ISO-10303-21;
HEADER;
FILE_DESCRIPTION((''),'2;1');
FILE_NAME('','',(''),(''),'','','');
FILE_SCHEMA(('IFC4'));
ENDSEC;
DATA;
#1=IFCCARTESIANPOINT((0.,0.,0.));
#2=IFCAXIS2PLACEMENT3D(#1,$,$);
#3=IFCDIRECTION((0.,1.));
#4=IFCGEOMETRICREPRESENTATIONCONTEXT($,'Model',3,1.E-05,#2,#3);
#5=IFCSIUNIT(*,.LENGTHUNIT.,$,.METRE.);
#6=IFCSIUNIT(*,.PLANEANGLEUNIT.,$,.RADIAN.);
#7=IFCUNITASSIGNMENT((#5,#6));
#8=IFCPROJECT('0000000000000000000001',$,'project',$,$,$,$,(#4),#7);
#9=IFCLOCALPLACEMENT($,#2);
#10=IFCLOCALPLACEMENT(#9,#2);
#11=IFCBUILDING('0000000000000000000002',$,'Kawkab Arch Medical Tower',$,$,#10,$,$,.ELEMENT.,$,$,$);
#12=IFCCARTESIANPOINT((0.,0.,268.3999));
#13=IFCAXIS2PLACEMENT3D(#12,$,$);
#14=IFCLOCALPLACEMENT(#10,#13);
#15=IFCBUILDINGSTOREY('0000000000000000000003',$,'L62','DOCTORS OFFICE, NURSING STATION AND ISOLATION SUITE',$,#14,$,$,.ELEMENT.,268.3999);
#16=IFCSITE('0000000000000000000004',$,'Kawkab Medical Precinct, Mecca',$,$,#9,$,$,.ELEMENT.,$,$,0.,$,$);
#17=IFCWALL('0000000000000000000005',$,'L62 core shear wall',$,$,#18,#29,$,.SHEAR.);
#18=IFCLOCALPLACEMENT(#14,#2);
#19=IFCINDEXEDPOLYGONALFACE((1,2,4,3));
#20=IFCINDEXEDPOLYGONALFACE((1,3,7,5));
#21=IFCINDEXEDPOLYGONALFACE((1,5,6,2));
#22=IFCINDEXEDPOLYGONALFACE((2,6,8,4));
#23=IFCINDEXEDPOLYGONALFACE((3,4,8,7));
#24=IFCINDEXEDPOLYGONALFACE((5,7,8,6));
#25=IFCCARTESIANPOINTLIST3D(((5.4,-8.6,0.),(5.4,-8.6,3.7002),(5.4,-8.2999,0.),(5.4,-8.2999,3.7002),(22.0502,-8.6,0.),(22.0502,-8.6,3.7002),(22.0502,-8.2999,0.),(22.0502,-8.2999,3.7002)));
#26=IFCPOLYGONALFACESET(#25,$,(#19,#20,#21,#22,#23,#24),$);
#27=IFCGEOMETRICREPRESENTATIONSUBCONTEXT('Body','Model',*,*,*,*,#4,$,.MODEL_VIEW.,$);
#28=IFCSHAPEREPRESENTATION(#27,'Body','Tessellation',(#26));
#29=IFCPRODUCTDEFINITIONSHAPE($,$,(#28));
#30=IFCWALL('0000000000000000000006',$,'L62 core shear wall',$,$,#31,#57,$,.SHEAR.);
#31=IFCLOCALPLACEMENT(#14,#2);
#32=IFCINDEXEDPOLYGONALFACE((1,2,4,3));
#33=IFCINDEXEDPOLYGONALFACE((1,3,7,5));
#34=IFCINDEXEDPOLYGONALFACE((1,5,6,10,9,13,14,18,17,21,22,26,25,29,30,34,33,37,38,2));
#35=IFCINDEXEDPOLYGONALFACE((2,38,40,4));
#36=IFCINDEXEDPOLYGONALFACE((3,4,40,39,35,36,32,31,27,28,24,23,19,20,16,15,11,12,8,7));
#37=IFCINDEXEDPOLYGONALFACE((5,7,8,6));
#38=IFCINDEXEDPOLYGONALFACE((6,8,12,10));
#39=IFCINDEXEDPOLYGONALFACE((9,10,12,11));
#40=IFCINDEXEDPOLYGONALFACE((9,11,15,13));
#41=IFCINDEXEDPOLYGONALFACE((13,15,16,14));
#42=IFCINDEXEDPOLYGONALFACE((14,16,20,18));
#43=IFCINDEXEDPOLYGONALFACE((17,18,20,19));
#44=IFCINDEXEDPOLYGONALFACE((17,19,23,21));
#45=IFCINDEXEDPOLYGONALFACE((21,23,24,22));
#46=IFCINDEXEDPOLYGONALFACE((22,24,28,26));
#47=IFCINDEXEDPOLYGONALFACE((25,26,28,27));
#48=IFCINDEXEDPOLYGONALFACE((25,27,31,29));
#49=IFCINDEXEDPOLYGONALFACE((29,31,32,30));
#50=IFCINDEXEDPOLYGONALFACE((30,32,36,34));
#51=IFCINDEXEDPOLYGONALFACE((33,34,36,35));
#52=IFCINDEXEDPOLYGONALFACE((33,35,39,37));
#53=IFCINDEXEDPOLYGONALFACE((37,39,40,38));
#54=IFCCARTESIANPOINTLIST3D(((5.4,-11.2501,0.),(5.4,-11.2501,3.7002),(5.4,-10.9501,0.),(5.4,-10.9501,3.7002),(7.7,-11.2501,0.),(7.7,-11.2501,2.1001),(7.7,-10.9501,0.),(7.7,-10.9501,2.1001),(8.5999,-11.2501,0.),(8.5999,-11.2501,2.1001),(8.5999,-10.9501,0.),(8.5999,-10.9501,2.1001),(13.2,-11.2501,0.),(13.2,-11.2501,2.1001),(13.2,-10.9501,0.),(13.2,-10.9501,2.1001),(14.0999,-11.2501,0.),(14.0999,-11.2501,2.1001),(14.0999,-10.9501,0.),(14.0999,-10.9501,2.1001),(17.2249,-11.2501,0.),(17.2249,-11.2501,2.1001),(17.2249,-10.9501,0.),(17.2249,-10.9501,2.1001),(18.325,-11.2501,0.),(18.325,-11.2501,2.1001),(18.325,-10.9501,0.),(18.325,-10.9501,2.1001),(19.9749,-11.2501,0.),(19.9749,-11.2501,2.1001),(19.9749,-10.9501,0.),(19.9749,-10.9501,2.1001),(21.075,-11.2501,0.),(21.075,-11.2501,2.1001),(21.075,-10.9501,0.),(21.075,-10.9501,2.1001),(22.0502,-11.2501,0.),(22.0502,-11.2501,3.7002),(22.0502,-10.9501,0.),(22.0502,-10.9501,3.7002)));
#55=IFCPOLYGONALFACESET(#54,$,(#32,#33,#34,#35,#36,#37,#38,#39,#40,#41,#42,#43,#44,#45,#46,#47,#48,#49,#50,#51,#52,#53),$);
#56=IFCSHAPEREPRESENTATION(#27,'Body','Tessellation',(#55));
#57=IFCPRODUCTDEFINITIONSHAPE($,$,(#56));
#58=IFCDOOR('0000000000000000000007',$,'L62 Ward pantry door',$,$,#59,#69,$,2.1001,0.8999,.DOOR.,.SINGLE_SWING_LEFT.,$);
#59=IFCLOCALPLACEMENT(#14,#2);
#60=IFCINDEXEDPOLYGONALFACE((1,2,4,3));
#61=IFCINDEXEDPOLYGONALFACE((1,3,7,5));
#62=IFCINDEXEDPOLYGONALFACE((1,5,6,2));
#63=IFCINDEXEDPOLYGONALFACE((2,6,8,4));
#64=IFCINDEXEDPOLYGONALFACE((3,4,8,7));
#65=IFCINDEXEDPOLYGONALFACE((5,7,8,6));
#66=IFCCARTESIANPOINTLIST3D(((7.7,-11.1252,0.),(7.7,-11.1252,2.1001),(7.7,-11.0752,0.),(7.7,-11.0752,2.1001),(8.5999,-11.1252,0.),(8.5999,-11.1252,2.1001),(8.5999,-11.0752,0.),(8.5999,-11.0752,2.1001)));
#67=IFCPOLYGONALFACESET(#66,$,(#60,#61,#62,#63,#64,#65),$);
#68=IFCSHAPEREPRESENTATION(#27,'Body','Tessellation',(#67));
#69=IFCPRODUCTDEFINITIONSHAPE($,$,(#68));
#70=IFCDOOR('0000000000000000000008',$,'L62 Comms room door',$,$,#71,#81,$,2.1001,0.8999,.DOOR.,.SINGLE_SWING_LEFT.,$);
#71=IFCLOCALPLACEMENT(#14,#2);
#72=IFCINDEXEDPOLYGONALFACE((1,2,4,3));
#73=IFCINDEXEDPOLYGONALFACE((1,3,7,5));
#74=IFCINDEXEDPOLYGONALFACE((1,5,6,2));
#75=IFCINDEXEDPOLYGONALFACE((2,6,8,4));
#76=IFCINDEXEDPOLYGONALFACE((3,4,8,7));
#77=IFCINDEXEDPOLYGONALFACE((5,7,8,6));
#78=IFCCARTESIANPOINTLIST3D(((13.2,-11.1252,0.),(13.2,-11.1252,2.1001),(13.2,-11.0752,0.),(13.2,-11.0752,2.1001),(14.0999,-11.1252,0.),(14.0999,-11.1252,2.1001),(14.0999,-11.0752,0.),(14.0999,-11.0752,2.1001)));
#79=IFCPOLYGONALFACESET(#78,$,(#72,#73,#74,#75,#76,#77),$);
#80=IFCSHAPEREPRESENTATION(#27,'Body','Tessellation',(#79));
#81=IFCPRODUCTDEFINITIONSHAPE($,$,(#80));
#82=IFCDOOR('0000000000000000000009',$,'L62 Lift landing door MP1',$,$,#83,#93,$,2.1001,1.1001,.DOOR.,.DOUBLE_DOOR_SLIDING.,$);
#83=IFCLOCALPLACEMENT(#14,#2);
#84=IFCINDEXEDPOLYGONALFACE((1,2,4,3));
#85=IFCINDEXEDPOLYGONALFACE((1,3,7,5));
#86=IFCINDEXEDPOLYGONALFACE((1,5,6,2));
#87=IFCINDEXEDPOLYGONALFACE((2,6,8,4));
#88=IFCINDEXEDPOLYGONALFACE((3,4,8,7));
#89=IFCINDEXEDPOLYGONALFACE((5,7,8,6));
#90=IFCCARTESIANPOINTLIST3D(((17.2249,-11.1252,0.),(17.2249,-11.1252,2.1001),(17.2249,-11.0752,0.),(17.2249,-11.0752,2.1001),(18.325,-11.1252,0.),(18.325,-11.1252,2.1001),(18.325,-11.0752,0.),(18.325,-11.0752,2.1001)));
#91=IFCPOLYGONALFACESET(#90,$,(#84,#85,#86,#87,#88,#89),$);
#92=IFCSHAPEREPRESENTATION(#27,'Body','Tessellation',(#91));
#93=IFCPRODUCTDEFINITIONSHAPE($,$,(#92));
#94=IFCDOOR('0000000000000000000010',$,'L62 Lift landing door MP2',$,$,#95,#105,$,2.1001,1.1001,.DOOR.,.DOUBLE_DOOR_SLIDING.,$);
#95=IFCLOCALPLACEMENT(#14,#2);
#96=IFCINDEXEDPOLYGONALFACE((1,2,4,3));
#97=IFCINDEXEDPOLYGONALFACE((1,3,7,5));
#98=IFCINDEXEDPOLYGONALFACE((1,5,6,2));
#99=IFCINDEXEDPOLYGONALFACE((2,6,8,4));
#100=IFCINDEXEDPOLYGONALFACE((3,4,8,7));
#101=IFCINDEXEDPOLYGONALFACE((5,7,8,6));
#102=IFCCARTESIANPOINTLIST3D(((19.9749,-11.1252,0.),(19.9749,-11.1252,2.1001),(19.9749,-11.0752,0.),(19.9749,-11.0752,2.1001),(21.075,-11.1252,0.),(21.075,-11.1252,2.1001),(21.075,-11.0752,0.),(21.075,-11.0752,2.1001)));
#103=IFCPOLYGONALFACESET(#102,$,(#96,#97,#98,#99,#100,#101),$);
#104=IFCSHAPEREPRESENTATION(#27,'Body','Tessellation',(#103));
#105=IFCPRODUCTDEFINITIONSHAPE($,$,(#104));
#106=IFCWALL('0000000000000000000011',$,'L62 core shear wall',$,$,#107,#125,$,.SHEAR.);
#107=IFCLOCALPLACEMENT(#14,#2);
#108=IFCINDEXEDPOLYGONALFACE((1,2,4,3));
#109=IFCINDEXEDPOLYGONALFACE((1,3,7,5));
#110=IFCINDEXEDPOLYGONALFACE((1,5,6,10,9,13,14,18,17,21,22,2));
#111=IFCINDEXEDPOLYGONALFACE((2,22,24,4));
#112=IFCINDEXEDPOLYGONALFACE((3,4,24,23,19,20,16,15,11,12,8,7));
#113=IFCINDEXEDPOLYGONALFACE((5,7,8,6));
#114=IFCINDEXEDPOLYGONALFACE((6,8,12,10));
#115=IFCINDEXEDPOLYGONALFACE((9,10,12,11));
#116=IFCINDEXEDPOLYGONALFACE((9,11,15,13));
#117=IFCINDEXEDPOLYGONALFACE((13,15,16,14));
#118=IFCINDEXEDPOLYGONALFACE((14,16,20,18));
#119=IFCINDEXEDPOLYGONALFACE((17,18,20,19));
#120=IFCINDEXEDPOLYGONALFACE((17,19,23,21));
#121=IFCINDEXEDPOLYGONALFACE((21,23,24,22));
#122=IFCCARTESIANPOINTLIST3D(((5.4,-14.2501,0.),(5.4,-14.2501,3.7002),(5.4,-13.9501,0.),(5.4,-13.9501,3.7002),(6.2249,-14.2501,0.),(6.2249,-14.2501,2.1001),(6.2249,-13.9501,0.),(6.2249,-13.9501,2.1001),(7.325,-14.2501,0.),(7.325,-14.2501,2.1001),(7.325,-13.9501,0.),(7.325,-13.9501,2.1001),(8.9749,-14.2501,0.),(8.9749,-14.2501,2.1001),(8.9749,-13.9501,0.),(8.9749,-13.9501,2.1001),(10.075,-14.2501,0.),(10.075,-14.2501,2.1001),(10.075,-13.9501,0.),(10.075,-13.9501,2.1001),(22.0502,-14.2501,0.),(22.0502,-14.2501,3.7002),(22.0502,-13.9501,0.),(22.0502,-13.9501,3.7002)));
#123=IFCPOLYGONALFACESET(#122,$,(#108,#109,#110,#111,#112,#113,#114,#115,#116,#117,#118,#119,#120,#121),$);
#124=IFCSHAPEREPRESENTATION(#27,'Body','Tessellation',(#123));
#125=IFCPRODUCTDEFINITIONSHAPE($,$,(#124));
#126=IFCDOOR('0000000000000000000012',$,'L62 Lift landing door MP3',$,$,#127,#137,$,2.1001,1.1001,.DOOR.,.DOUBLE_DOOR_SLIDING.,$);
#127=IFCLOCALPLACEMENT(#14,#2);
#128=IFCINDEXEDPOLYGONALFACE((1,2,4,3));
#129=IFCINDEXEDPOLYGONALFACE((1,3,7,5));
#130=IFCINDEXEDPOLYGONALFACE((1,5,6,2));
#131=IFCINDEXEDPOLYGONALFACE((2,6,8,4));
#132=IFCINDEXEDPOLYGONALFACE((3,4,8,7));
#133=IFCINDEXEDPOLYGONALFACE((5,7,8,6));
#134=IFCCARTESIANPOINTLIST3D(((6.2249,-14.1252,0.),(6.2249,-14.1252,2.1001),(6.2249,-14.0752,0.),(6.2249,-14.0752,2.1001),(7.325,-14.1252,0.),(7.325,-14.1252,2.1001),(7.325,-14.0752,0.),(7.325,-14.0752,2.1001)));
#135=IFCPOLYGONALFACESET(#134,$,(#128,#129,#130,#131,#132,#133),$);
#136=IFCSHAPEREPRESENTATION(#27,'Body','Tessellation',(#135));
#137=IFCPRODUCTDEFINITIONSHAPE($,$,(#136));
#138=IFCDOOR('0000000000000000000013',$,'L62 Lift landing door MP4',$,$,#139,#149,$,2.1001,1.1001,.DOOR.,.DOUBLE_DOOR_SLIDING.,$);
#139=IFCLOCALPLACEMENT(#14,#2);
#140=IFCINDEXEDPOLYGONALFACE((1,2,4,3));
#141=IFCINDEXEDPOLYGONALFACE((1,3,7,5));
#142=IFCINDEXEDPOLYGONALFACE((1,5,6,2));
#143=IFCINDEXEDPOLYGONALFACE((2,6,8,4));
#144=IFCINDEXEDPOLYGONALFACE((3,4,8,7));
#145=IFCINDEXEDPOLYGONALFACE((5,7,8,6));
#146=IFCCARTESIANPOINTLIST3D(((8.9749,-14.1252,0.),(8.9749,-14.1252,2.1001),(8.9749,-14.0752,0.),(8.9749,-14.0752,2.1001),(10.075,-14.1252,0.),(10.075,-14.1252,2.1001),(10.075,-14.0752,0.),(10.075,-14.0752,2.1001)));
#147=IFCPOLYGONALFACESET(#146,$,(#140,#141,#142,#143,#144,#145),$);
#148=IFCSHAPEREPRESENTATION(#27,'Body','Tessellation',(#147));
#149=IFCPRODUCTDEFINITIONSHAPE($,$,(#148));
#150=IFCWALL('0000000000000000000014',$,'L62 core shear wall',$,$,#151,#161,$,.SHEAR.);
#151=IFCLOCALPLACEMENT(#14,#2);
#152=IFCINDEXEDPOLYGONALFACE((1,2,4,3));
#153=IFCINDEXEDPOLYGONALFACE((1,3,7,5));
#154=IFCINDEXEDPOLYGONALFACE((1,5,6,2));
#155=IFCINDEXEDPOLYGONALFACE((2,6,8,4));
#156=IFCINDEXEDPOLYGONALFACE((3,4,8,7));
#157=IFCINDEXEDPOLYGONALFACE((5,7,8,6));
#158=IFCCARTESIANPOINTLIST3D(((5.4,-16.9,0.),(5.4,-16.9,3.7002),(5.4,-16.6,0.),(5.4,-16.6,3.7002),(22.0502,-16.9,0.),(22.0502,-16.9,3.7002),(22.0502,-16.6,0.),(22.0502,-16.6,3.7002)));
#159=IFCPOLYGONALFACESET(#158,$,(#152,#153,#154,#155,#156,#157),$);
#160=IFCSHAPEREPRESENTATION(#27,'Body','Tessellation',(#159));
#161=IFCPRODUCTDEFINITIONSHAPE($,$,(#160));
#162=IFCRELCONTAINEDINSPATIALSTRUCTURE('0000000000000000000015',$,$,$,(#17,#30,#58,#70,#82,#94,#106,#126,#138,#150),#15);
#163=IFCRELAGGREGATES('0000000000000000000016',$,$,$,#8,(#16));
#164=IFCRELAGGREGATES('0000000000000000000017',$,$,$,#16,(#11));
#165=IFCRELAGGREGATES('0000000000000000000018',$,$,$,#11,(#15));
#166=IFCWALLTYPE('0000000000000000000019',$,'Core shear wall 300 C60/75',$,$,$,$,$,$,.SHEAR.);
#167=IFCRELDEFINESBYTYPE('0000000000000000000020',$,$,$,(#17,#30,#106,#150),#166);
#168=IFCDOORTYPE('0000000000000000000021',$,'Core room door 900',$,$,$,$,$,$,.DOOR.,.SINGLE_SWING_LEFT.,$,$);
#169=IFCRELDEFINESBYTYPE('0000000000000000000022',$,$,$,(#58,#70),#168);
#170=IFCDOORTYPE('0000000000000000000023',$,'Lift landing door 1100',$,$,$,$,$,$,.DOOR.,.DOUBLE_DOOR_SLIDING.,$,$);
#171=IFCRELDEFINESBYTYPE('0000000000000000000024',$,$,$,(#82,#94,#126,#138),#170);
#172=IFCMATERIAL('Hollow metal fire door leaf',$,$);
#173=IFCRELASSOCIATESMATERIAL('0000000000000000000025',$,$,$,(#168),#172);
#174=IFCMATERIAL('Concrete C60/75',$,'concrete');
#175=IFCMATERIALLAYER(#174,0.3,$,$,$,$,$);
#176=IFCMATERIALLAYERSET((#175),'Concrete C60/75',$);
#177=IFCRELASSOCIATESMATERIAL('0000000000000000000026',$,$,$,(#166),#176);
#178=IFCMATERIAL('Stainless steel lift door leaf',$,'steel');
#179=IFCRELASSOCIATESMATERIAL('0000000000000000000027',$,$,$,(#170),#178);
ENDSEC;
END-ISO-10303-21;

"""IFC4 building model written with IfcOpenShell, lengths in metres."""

from ifc_helpers import new_model, si_unit, direction, frame, frame_2d, origin, place, context, subcontext, project, spatial, rectangle, extrude, material, layer, layer_set, type_object, element, fill, save


model = new_model("IFC4")

# Units and contexts
model_context = context("Model", 3, precision=1e-05, world=origin(), true_north=direction((0.0, 1.0)))
body_context = subcontext(model_context, "Body", "Model", "MODEL_VIEW")
ifc_project = project(units=[si_unit("LENGTHUNIT", "METRE"), si_unit("PLANEANGLEUNIT", "RADIAN")], contexts=[model_context])

# Site, building, storey
site_placement = place(None, origin())
site = spatial("IfcSite", under=ifc_project, at=site_placement, Name="Kawkab Medical Precinct, Mecca", CompositionType="ELEMENT", RefElevation=0.0)
building_placement = place(site_placement, origin())
building = spatial("IfcBuilding", under=site, at=building_placement, Name="Kawkab Arch Medical Tower", CompositionType="ELEMENT")
storey_placement = place(building_placement, frame((0.0, 0.0, 268.3999)))
storey = spatial("IfcBuildingStorey", under=building, at=storey_placement, Name="L62", Description="DOCTORS OFFICE, NURSING STATION AND ISOLATION SUITE", CompositionType="ELEMENT", Elevation=268.3999)

# Shared definitions
ifc_material_1 = material(Name="Hollow metal fire door leaf")
door_type_1 = type_object("IfcDoorType", Name="Core room door 900", OperationType="SINGLE_SWING_LEFT", PredefinedType="DOOR", material=ifc_material_1)

# Wall
ifc_material_2 = material(Name="Concrete C60/75", Category="concrete")
ifc_layer_1 = layer(ifc_material_2, 0.3)
ifc_layer_set_1 = layer_set([ifc_layer_1], Name="Concrete C60/75")
wall_type_1 = type_object("IfcWallType", Name="Core shear wall 300 C60/75", PredefinedType="SHEAR", material=ifc_layer_set_1)
wall_1_placement = place(storey_placement, frame((5.3999, -8.45, 0.0), z_axis=(0.0, 0.0, 1.0), x_axis=(1.0, 0.0, 0.0)))
element("IfcWall", 1, at=wall_1_placement, inside=storey, type_object=wall_type_1, Name="L62 core shear wall", PredefinedType="SHEAR", context=body_context, shape_type="SweptSolid", body=[
    extrude(rectangle(XDim=16.6501, YDim=0.3, at=frame_2d((8.3252, 0.0))), origin(), (0.0, 0.0, 1.0), 3.7002),
])

# Walls, openings, doors
wall_2_placement = place(storey_placement, frame((5.3999, -11.1001, 0.0), z_axis=(0.0, 0.0, 1.0), x_axis=(1.0, 0.0, 0.0)))
wall_2 = element("IfcWall", 2, at=wall_2_placement, inside=storey, type_object=wall_type_1, Name="L62 core shear wall", PredefinedType="SHEAR", context=body_context, shape_type="SweptSolid", body=[
    extrude(rectangle(XDim=16.6501, YDim=0.3, at=frame_2d((8.3252, 0.0))), origin(), (0.0, 0.0, 1.0), 3.7002),
])
opening_1_placement = place(wall_2_placement, frame((11.825, 0.0, 0.0)))
opening_1 = element("IfcOpeningElement", 3, at=opening_1_placement, cuts=wall_2, PredefinedType="OPENING", context=body_context, shape_type="SweptSolid", body=[
    extrude(rectangle(XDim=1.1001, YDim=2.1001, at=frame_2d((0.55, 1.05))), frame((0.0, 0.1599, 0.0), z_axis=(0.0, -1.0, 0.0), x_axis=(1.0, 0.0, 0.0)), (0.0, 0.0, 1.0), 0.3201),
])
opening_2_placement = place(wall_2_placement, frame((14.575, 0.0, 0.0)))
opening_2 = element("IfcOpeningElement", 4, at=opening_2_placement, cuts=wall_2, PredefinedType="OPENING", context=body_context, shape_type="SweptSolid", body=[
    extrude(rectangle(XDim=1.1001, YDim=2.1001, at=frame_2d((0.55, 1.05))), frame((0.0, 0.1599, 0.0), z_axis=(0.0, -1.0, 0.0), x_axis=(1.0, 0.0, 0.0)), (0.0, 0.0, 1.0), 0.3201),
])
opening_3_placement = place(wall_2_placement, frame((2.3, 0.0, 0.0)))
opening_3 = element("IfcOpeningElement", 5, at=opening_3_placement, cuts=wall_2, PredefinedType="OPENING", context=body_context, shape_type="SweptSolid", body=[
    extrude(rectangle(XDim=0.8999, YDim=2.1001, at=frame_2d((0.45, 1.05))), frame((0.0, 0.1599, 0.0), z_axis=(0.0, -1.0, 0.0), x_axis=(1.0, 0.0, 0.0)), (0.0, 0.0, 1.0), 0.3201),
])
opening_4_placement = place(wall_2_placement, frame((7.8, 0.0, 0.0)))
opening_4 = element("IfcOpeningElement", 6, at=opening_4_placement, cuts=wall_2, PredefinedType="OPENING", context=body_context, shape_type="SweptSolid", body=[
    extrude(rectangle(XDim=0.8999, YDim=2.1001, at=frame_2d((0.45, 1.05))), frame((0.0, 0.1599, 0.0), z_axis=(0.0, -1.0, 0.0), x_axis=(1.0, 0.0, 0.0)), (0.0, 0.0, 1.0), 0.3201),
])
door_1_placement = place(opening_3_placement, origin())
door_1 = element("IfcDoor", 7, at=door_1_placement, inside=storey, type_object=door_type_1, Name="L62 Ward pantry door", OperationType="SINGLE_SWING_LEFT", OverallHeight=2.1001, OverallWidth=0.8999, PredefinedType="DOOR", context=body_context, shape_type="SweptSolid", body=[
    extrude(rectangle(XDim=0.8999, YDim=2.1001, at=frame_2d((0.45, 1.05))), frame((0.0, 0.0249, 0.0), z_axis=(0.0, -1.0, 0.0), x_axis=(1.0, 0.0, 0.0)), (0.0, 0.0, 1.0), 0.05),
])
fill(opening_3, door_1)
door_2_placement = place(opening_4_placement, origin())
door_2 = element("IfcDoor", 8, at=door_2_placement, inside=storey, type_object=door_type_1, Name="L62 Comms room door", OperationType="SINGLE_SWING_LEFT", OverallHeight=2.1001, OverallWidth=0.8999, PredefinedType="DOOR", context=body_context, shape_type="SweptSolid", body=[
    extrude(rectangle(XDim=0.8999, YDim=2.1001, at=frame_2d((0.45, 1.05))), frame((0.0, 0.0249, 0.0), z_axis=(0.0, -1.0, 0.0), x_axis=(1.0, 0.0, 0.0)), (0.0, 0.0, 1.0), 0.05),
])
fill(opening_4, door_2)
ifc_material_3 = material(Name="Stainless steel lift door leaf", Category="steel")
door_type_2 = type_object("IfcDoorType", Name="Lift landing door 1100", OperationType="DOUBLE_DOOR_SLIDING", PredefinedType="DOOR", material=ifc_material_3)
door_3_placement = place(opening_1_placement, origin())
door_3 = element("IfcDoor", 9, at=door_3_placement, inside=storey, type_object=door_type_2, Name="L62 Lift landing door MP1", OperationType="DOUBLE_DOOR_SLIDING", OverallHeight=2.1001, OverallWidth=1.1001, PredefinedType="DOOR", context=body_context, shape_type="SweptSolid", body=[
    extrude(rectangle(XDim=1.1001, YDim=2.1001, at=frame_2d((0.55, 1.05))), frame((0.0, 0.0249, 0.0), z_axis=(0.0, -1.0, 0.0), x_axis=(1.0, 0.0, 0.0)), (0.0, 0.0, 1.0), 0.05),
])
fill(opening_1, door_3)
door_4_placement = place(opening_2_placement, origin())
door_4 = element("IfcDoor", 10, at=door_4_placement, inside=storey, type_object=door_type_2, Name="L62 Lift landing door MP2", OperationType="DOUBLE_DOOR_SLIDING", OverallHeight=2.1001, OverallWidth=1.1001, PredefinedType="DOOR", context=body_context, shape_type="SweptSolid", body=[
    extrude(rectangle(XDim=1.1001, YDim=2.1001, at=frame_2d((0.55, 1.05))), frame((0.0, 0.0249, 0.0), z_axis=(0.0, -1.0, 0.0), x_axis=(1.0, 0.0, 0.0)), (0.0, 0.0, 1.0), 0.05),
])
fill(opening_2, door_4)
wall_3_placement = place(storey_placement, frame((5.3999, -14.1001, 0.0), z_axis=(0.0, 0.0, 1.0), x_axis=(1.0, 0.0, 0.0)))
wall_3 = element("IfcWall", 11, at=wall_3_placement, inside=storey, type_object=wall_type_1, Name="L62 core shear wall", PredefinedType="SHEAR", context=body_context, shape_type="SweptSolid", body=[
    extrude(rectangle(XDim=16.6501, YDim=0.3, at=frame_2d((8.3252, 0.0))), origin(), (0.0, 0.0, 1.0), 3.7002),
])
opening_5_placement = place(wall_3_placement, frame((0.825, 0.0, 0.0)))
opening_5 = element("IfcOpeningElement", 12, at=opening_5_placement, cuts=wall_3, PredefinedType="OPENING", context=body_context, shape_type="SweptSolid", body=[
    extrude(rectangle(XDim=1.1001, YDim=2.1001, at=frame_2d((0.55, 1.05))), frame((0.0, 0.1599, 0.0), z_axis=(0.0, -1.0, 0.0), x_axis=(1.0, 0.0, 0.0)), (0.0, 0.0, 1.0), 0.3201),
])
opening_6_placement = place(wall_3_placement, frame((3.575, 0.0, 0.0)))
opening_6 = element("IfcOpeningElement", 13, at=opening_6_placement, cuts=wall_3, PredefinedType="OPENING", context=body_context, shape_type="SweptSolid", body=[
    extrude(rectangle(XDim=1.1001, YDim=2.1001, at=frame_2d((0.55, 1.05))), frame((0.0, 0.1599, 0.0), z_axis=(0.0, -1.0, 0.0), x_axis=(1.0, 0.0, 0.0)), (0.0, 0.0, 1.0), 0.3201),
])
door_5_placement = place(opening_5_placement, origin())
door_5 = element("IfcDoor", 14, at=door_5_placement, inside=storey, type_object=door_type_2, Name="L62 Lift landing door MP3", OperationType="DOUBLE_DOOR_SLIDING", OverallHeight=2.1001, OverallWidth=1.1001, PredefinedType="DOOR", context=body_context, shape_type="SweptSolid", body=[
    extrude(rectangle(XDim=1.1001, YDim=2.1001, at=frame_2d((0.55, 1.05))), frame((0.0, 0.0249, 0.0), z_axis=(0.0, -1.0, 0.0), x_axis=(1.0, 0.0, 0.0)), (0.0, 0.0, 1.0), 0.05),
])
fill(opening_5, door_5)
door_6_placement = place(opening_6_placement, origin())
door_6 = element("IfcDoor", 15, at=door_6_placement, inside=storey, type_object=door_type_2, Name="L62 Lift landing door MP4", OperationType="DOUBLE_DOOR_SLIDING", OverallHeight=2.1001, OverallWidth=1.1001, PredefinedType="DOOR", context=body_context, shape_type="SweptSolid", body=[
    extrude(rectangle(XDim=1.1001, YDim=2.1001, at=frame_2d((0.55, 1.05))), frame((0.0, 0.0249, 0.0), z_axis=(0.0, -1.0, 0.0), x_axis=(1.0, 0.0, 0.0)), (0.0, 0.0, 1.0), 0.05),
])
fill(opening_6, door_6)

# Wall
wall_4_placement = place(storey_placement, frame((5.3999, -16.75, 0.0), z_axis=(0.0, 0.0, 1.0), x_axis=(1.0, 0.0, 0.0)))
element("IfcWall", 16, at=wall_4_placement, inside=storey, type_object=wall_type_1, Name="L62 core shear wall", PredefinedType="SHEAR", context=body_context, shape_type="SweptSolid", body=[
    extrude(rectangle(XDim=16.6501, YDim=0.3, at=frame_2d((8.3252, 0.0))), origin(), (0.0, 0.0, 1.0), 3.7002),
])

save(model, "model.ifc")
